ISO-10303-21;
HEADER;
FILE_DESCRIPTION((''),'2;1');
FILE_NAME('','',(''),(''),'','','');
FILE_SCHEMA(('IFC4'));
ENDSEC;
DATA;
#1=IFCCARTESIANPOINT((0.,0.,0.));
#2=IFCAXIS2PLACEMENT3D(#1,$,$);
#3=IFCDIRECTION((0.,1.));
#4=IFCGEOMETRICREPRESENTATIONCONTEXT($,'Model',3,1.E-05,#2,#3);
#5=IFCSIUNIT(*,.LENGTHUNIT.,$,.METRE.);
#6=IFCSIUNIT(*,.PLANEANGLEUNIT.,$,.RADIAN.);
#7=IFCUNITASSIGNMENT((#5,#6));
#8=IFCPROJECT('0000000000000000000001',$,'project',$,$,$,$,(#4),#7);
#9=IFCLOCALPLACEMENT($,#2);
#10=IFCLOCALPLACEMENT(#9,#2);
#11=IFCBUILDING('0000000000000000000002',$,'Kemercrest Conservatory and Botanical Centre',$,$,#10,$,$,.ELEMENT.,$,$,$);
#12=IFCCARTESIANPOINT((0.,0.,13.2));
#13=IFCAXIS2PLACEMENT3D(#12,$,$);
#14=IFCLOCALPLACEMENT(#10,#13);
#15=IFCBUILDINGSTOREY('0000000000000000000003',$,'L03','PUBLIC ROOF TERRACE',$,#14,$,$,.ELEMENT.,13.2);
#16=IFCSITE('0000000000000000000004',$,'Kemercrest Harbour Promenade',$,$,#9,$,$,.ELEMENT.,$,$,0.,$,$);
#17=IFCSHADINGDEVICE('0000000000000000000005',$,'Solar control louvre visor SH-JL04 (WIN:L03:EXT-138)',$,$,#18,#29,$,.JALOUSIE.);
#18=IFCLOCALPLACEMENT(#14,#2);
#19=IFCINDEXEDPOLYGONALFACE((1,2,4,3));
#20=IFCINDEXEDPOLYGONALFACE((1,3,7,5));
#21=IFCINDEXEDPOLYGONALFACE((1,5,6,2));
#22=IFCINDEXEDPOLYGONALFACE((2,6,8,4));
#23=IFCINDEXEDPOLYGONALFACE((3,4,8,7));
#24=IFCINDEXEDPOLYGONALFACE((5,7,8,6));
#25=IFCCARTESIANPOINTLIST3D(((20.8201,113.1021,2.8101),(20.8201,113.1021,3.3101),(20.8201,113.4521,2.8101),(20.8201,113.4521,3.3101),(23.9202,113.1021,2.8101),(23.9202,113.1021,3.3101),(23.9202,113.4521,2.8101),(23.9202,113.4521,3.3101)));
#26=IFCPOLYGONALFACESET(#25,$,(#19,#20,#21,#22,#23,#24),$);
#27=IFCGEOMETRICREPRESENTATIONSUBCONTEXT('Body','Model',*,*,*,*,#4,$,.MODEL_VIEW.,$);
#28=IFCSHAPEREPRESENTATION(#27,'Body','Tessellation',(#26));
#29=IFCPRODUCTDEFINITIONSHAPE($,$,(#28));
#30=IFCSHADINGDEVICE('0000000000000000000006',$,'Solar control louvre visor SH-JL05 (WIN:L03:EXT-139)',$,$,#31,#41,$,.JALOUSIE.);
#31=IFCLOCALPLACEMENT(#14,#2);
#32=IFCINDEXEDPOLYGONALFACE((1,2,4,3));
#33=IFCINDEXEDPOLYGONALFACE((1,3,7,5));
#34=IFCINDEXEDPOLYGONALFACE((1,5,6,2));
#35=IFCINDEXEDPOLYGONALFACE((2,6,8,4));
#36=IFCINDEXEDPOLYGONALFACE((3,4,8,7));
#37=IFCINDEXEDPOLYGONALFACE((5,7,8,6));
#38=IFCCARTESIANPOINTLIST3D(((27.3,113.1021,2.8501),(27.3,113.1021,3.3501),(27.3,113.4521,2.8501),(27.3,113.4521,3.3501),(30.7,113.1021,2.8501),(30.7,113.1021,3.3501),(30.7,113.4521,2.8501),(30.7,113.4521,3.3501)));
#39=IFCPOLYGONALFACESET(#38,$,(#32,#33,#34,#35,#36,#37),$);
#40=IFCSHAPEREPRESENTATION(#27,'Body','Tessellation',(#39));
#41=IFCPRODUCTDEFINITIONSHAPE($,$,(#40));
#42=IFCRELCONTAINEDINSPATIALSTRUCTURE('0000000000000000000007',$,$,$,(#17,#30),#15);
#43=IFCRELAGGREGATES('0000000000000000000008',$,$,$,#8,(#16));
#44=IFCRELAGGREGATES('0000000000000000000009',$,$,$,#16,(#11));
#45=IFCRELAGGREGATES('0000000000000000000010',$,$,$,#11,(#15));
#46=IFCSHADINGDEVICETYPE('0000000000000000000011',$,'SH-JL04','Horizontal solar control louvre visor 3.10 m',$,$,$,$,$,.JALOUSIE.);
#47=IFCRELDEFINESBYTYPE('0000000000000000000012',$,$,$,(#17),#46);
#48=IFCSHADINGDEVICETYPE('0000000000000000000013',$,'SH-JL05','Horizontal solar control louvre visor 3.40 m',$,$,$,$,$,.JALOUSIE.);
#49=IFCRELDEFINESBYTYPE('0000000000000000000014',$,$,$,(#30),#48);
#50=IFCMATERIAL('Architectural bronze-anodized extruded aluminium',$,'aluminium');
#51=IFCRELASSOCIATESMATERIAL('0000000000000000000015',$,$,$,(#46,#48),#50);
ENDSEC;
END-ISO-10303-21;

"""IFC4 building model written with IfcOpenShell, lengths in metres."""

from ifc_helpers import new_model, si_unit, direction, frame, origin, origin_2d, place, context, subcontext, project, spatial, rectangle, extrude, material, type_object, element, save


model = new_model("IFC4")

# Units and contexts
model_context = context("Model", 3, precision=1e-05, world=origin(), true_north=direction((0.0, 1.0)))
body_context = subcontext(model_context, "Body", "Model", "MODEL_VIEW")
ifc_project = project(units=[si_unit("LENGTHUNIT", "METRE"), si_unit("PLANEANGLEUNIT", "RADIAN")], contexts=[model_context])

# Site, building, storey
site_placement = place(None, origin())
site = spatial("IfcSite", under=ifc_project, at=site_placement, Name="Kemercrest Harbour Promenade", CompositionType="ELEMENT", RefElevation=0.0)
building_placement = place(site_placement, origin())
building = spatial("IfcBuilding", under=site, at=building_placement, Name="Kemercrest Conservatory and Botanical Centre", CompositionType="ELEMENT")
storey_placement = place(building_placement, frame((0.0, 0.0, 13.2)))
storey = spatial("IfcBuildingStorey", under=building, at=storey_placement, Name="L03", Description="PUBLIC ROOF TERRACE", CompositionType="ELEMENT", Elevation=13.2)

# Shading devices
ifc_material_1 = material(Name="Architectural bronze-anodized extruded aluminium", Category="aluminium")
shading_device_type_1 = type_object("IfcShadingDeviceType", Name="SH-JL04", Description="Horizontal solar control louvre visor 3.10 m", PredefinedType="JALOUSIE", material=ifc_material_1)
shading_device_1_placement = place(storey_placement, frame((22.3701, 113.2771, 2.8101), z_axis=(0.0, 0.0, 1.0), x_axis=(1.0, 0.0, 0.0)))
element("IfcShadingDevice", 1, at=shading_device_1_placement, inside=storey, type_object=shading_device_type_1, Name="Solar control louvre visor SH-JL04 (WIN:L03:EXT-138)", PredefinedType="JALOUSIE", context=body_context, shape_type="SweptSolid", body=[
    extrude(rectangle(XDim=3.1001, YDim=0.3501, at=origin_2d()), origin(), (0.0, 0.0, 1.0), 0.5),
])
shading_device_type_2 = type_object("IfcShadingDeviceType", Name="SH-JL05", Description="Horizontal solar control louvre visor 3.40 m", PredefinedType="JALOUSIE", material=ifc_material_1)
shading_device_2_placement = place(storey_placement, frame((29.0, 113.2771, 2.8501), z_axis=(0.0, 0.0, 1.0), x_axis=(1.0, 0.0, 0.0)))
element("IfcShadingDevice", 2, at=shading_device_2_placement, inside=storey, type_object=shading_device_type_2, Name="Solar control louvre visor SH-JL05 (WIN:L03:EXT-139)", PredefinedType="JALOUSIE", context=body_context, shape_type="SweptSolid", body=[
    extrude(rectangle(XDim=3.3999, YDim=0.3501, at=origin_2d()), origin(), (0.0, 0.0, 1.0), 0.5),
])

save(model, "model.ifc")
